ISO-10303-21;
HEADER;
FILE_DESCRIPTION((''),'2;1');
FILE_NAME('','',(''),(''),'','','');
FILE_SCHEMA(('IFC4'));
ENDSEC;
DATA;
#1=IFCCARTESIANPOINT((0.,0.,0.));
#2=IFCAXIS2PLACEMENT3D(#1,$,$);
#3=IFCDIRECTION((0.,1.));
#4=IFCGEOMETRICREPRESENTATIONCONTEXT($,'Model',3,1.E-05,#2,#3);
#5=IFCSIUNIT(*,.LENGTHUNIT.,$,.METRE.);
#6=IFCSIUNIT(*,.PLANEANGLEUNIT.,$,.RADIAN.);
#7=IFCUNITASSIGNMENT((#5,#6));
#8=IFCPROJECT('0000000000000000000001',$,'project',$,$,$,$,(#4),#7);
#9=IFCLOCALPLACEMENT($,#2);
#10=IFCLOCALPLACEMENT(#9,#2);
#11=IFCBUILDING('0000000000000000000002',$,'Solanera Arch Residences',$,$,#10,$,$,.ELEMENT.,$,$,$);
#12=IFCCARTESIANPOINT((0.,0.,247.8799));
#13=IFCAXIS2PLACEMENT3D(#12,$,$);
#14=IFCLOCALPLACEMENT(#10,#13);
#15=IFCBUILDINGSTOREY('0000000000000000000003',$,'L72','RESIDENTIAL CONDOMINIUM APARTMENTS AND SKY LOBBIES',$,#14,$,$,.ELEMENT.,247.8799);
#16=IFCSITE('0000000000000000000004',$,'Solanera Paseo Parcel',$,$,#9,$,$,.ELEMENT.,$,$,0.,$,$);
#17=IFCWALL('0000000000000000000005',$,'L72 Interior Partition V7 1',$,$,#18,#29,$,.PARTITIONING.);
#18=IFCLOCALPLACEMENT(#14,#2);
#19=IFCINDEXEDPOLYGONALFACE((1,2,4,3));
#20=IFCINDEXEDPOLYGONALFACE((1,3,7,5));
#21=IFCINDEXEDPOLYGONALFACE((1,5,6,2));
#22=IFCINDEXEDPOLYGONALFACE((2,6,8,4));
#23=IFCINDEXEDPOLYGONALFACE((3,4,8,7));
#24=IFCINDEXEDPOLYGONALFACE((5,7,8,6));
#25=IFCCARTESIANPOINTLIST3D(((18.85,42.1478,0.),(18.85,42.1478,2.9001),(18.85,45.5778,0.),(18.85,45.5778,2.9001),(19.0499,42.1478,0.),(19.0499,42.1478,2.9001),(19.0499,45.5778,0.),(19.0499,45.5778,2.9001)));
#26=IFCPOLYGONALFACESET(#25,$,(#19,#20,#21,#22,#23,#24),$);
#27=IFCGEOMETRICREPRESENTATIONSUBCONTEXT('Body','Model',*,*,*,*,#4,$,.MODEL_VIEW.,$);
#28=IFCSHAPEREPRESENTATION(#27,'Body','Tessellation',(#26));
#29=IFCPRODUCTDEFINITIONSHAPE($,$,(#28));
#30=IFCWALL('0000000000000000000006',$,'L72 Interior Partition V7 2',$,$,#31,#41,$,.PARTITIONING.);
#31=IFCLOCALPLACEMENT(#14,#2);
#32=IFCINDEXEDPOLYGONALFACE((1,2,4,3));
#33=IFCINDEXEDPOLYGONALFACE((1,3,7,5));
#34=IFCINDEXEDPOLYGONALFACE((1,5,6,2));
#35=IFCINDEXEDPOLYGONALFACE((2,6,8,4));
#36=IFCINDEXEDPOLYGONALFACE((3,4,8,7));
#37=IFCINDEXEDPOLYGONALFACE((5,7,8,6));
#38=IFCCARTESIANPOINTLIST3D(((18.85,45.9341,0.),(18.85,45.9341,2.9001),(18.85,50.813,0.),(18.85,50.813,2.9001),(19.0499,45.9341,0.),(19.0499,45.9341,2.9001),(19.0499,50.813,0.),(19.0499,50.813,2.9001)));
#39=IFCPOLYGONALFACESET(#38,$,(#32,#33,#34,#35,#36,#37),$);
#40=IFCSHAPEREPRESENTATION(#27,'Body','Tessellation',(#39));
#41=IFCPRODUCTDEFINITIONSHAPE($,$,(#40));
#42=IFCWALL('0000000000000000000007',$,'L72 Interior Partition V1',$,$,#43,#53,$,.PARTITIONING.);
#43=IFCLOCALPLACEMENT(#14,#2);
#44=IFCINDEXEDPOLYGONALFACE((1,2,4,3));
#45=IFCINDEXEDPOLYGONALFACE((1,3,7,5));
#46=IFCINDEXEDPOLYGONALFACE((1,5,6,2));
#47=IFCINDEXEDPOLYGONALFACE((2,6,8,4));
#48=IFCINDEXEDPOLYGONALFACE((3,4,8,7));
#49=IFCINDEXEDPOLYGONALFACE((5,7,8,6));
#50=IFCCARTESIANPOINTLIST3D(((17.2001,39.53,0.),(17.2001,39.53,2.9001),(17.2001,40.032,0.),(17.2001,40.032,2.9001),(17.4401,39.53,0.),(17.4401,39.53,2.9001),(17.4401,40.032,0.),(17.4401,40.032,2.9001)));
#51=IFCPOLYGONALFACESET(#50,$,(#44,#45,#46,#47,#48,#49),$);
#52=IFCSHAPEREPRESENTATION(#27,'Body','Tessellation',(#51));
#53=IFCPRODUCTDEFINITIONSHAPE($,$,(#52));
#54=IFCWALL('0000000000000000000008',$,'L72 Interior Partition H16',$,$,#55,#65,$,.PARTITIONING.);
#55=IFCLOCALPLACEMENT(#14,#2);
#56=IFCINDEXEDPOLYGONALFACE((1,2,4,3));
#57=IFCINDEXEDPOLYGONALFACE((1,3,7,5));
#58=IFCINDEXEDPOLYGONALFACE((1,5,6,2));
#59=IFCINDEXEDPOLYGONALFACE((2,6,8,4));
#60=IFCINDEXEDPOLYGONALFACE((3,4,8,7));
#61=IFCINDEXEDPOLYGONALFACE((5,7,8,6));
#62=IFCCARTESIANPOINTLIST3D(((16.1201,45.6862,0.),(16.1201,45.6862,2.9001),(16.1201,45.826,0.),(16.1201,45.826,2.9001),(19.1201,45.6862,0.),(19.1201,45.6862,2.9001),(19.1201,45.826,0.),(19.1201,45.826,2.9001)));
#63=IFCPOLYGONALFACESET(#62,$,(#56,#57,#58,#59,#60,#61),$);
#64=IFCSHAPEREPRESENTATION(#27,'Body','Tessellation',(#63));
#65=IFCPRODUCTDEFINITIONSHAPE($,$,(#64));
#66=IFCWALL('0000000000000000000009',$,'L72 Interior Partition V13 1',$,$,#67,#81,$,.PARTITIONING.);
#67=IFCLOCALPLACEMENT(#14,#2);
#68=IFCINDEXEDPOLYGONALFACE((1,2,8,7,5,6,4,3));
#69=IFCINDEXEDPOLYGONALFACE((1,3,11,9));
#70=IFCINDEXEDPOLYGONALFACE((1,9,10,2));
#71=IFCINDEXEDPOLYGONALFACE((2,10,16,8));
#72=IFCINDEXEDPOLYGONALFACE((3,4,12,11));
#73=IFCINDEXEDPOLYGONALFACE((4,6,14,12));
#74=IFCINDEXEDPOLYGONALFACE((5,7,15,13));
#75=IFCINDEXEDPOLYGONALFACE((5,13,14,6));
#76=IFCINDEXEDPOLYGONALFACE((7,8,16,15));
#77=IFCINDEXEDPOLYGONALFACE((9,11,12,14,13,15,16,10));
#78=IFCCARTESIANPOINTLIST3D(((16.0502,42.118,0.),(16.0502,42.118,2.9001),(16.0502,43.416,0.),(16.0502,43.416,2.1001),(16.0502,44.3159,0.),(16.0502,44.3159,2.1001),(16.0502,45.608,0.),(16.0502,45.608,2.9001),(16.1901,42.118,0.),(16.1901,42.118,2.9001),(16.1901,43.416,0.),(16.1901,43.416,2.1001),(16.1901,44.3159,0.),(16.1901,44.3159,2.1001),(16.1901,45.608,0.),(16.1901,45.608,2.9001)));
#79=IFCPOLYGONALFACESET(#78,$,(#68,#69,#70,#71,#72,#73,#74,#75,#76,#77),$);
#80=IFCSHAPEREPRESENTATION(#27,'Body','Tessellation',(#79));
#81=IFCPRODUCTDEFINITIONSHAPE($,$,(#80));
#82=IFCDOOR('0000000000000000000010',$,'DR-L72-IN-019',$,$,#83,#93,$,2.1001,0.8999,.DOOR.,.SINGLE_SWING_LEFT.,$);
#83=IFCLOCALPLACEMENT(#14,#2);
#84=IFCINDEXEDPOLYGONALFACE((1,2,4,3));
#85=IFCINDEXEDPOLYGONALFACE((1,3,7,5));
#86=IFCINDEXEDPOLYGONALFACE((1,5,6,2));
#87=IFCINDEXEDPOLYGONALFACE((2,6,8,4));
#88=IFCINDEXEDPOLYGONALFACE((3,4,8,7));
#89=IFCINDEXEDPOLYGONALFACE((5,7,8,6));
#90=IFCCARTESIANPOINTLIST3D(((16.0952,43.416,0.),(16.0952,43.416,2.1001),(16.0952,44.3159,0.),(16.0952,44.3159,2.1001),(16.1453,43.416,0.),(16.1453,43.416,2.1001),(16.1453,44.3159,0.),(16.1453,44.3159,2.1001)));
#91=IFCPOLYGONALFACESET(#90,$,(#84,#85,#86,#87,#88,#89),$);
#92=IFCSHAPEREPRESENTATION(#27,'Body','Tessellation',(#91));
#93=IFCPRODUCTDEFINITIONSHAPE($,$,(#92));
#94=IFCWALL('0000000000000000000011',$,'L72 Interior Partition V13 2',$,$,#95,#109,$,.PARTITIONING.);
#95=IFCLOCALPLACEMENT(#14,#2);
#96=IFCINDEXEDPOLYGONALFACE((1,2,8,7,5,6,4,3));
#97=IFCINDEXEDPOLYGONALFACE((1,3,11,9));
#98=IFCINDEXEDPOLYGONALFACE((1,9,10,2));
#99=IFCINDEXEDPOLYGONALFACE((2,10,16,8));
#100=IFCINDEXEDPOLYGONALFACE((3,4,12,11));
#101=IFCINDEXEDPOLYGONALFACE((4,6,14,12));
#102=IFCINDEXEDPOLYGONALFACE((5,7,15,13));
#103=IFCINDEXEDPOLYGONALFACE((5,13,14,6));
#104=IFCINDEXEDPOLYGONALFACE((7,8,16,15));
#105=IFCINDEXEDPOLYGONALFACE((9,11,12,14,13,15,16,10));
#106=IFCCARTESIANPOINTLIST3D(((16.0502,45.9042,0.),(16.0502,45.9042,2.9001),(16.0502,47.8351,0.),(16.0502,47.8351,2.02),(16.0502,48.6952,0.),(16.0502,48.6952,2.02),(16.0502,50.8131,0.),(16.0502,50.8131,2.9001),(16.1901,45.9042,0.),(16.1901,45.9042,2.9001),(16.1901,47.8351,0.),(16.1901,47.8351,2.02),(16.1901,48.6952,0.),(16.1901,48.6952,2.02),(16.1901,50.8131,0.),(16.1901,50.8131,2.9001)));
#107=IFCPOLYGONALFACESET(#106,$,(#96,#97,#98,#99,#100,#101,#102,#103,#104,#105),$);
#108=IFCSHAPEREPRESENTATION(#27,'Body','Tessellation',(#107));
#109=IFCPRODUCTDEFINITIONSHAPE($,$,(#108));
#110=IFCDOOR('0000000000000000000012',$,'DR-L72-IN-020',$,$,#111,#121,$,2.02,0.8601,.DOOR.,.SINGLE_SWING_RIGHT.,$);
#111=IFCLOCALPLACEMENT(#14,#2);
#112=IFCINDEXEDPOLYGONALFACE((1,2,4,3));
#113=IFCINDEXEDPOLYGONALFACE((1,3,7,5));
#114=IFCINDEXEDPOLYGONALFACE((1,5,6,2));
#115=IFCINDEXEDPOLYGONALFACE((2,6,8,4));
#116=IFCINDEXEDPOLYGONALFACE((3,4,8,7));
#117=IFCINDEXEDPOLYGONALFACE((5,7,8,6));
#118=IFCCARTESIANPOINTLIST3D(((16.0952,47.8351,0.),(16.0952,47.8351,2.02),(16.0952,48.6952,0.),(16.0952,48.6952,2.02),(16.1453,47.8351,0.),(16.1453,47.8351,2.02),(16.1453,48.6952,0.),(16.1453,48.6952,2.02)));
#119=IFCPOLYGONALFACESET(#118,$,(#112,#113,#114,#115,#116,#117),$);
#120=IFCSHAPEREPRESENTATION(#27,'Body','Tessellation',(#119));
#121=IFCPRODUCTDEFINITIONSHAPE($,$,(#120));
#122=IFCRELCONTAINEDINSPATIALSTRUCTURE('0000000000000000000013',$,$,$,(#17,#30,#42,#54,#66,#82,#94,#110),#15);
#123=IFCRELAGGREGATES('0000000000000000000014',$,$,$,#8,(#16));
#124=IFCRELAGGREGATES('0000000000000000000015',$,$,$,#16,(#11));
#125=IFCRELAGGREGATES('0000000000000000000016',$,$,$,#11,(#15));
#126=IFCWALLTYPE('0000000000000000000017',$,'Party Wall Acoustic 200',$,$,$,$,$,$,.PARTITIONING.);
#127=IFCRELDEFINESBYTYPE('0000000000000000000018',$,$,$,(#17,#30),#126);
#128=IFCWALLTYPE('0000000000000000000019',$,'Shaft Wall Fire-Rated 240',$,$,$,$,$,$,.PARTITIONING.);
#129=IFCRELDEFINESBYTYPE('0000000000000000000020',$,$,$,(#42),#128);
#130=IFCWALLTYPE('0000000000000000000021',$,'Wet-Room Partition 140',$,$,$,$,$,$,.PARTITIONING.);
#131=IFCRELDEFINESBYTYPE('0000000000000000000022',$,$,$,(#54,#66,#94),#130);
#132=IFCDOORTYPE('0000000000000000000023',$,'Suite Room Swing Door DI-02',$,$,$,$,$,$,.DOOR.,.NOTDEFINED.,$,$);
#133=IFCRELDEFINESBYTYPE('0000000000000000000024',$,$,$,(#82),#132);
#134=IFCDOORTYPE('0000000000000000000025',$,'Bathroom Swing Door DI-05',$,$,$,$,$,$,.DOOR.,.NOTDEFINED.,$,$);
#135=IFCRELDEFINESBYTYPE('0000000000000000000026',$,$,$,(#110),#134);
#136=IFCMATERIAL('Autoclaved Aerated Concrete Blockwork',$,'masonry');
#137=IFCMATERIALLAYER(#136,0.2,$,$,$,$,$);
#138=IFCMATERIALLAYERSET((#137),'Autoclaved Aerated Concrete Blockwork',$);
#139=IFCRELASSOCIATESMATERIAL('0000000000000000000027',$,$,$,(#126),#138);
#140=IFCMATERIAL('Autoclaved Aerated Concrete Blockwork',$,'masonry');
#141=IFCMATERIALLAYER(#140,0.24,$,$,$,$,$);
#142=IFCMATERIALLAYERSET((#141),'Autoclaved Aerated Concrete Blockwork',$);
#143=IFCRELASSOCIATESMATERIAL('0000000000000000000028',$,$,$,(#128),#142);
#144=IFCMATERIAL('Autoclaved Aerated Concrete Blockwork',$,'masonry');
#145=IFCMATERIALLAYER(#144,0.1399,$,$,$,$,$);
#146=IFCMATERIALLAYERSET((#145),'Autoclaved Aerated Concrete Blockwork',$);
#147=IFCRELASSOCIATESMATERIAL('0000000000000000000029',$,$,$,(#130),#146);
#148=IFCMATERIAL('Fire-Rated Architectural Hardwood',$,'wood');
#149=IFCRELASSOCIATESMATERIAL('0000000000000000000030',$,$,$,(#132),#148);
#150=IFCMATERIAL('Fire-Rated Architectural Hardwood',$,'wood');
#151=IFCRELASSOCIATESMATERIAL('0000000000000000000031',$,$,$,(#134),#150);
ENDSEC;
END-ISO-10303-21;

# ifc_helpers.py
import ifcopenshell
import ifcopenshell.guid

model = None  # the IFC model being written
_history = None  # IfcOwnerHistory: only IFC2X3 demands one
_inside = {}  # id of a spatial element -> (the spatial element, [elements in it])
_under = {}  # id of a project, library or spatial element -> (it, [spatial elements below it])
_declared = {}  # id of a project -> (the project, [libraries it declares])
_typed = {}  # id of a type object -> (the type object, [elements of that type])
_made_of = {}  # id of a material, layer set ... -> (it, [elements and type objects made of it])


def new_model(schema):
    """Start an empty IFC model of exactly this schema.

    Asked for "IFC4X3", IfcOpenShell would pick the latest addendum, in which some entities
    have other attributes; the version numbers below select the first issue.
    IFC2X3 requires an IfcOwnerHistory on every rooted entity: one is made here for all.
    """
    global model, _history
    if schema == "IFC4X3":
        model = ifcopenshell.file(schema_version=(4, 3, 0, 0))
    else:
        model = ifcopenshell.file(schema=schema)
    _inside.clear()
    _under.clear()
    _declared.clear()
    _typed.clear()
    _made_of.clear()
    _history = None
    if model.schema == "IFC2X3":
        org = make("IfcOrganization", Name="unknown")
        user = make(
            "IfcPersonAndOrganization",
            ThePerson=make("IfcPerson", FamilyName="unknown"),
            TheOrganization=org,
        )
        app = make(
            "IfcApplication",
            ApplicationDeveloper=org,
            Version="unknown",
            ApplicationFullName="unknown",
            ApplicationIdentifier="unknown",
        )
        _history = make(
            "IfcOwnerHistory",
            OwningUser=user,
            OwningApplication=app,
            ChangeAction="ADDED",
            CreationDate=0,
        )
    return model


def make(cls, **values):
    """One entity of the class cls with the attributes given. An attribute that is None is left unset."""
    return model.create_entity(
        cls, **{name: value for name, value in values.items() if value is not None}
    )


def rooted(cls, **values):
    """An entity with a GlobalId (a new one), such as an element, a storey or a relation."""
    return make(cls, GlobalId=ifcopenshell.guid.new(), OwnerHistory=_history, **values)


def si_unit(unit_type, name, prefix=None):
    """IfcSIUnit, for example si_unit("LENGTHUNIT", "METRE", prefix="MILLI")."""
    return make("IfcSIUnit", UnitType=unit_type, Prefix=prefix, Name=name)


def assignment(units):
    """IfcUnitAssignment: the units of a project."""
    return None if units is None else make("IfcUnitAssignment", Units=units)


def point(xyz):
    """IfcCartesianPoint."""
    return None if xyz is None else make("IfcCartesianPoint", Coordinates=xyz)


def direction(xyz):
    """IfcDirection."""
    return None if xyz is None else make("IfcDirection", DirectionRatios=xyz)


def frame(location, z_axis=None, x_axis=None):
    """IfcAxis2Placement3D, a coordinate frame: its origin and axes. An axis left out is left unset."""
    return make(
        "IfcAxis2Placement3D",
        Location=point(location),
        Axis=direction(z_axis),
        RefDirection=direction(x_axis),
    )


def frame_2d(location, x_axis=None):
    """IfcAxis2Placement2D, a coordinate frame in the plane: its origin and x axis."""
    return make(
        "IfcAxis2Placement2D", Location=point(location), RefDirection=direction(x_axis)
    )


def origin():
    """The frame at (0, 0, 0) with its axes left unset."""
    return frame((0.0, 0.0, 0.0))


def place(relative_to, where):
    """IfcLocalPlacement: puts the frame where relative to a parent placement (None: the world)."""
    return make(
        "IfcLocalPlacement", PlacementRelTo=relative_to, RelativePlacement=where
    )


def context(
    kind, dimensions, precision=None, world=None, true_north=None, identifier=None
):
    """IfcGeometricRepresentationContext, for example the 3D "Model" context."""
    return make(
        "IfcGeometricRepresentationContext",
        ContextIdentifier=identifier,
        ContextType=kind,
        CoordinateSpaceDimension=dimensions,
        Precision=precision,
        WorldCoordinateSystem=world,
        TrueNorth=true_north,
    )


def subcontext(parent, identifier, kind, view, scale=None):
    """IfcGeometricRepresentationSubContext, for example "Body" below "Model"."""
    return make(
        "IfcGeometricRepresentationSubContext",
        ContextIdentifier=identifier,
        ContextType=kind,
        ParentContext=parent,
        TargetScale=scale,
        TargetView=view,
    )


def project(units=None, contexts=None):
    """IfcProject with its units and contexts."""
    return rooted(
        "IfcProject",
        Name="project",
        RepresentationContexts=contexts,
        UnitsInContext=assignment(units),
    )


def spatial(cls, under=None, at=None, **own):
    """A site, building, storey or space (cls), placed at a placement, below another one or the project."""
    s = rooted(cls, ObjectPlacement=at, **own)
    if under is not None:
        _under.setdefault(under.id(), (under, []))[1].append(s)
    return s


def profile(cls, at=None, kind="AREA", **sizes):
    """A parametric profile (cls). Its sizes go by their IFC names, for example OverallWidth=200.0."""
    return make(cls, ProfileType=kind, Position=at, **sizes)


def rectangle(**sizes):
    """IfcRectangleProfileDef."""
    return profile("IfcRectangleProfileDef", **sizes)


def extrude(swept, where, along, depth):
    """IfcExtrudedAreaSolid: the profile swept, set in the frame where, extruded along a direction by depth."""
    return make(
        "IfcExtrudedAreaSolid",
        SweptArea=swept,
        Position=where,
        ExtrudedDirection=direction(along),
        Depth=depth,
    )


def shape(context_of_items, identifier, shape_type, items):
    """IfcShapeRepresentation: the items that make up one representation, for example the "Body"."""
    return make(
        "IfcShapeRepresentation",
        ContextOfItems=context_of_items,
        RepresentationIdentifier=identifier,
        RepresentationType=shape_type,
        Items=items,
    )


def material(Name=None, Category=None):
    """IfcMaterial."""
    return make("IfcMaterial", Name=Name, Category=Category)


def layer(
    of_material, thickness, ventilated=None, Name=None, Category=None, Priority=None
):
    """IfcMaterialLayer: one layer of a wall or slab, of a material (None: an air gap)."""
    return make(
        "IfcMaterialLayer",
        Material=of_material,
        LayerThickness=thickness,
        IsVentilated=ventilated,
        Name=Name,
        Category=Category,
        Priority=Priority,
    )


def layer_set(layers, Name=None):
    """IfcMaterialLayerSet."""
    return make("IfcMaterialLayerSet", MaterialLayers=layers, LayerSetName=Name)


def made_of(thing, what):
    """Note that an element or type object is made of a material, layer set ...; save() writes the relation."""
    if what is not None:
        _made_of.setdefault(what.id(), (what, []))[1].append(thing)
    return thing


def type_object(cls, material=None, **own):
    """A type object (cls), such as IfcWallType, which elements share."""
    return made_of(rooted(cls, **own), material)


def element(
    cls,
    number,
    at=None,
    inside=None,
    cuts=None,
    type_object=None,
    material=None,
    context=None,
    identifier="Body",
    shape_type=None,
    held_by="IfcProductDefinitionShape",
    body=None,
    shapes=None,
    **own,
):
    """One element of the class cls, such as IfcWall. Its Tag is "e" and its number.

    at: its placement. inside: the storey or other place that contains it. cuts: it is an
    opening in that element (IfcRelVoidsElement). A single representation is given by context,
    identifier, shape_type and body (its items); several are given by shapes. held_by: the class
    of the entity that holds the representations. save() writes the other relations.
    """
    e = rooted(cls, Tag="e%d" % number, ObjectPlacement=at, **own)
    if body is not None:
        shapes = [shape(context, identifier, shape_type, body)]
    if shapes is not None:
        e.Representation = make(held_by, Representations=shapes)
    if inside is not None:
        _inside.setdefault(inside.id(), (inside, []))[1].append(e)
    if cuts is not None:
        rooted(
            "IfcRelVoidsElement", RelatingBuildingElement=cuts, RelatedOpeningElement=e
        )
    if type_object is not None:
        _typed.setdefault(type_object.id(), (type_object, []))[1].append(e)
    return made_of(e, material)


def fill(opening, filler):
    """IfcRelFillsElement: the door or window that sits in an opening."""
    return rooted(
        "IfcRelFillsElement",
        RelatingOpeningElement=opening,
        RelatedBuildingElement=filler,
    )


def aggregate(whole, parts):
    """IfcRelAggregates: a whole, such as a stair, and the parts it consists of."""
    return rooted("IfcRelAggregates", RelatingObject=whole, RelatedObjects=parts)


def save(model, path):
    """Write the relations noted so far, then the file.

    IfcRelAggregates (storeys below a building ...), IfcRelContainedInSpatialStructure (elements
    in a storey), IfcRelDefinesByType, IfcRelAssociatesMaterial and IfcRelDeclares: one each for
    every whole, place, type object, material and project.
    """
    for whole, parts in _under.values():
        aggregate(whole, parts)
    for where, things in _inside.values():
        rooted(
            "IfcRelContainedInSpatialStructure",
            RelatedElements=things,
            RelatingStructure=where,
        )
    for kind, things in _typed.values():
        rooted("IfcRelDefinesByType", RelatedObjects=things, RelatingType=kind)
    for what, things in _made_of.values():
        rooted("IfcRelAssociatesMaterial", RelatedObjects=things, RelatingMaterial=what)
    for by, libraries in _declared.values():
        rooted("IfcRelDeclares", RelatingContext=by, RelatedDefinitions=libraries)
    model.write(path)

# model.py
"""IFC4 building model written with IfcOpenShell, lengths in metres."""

from ifc_helpers import new_model, si_unit, direction, frame, frame_2d, origin, place, context, subcontext, project, spatial, rectangle, extrude, material, layer, layer_set, type_object, element, fill, save


model = new_model("IFC4")

# Units and contexts
model_context = context("Model", 3, precision=1e-05, world=origin(), true_north=direction((0.0, 1.0)))
body_context = subcontext(model_context, "Body", "Model", "MODEL_VIEW")
ifc_project = project(units=[si_unit("LENGTHUNIT", "METRE"), si_unit("PLANEANGLEUNIT", "RADIAN")], contexts=[model_context])

# Site, building, storey
site_placement = place(None, origin())
site = spatial("IfcSite", under=ifc_project, at=site_placement, Name="Solanera Paseo Parcel", CompositionType="ELEMENT", RefElevation=0.0)
building_placement = place(site_placement, origin())
building = spatial("IfcBuilding", under=site, at=building_placement, Name="Solanera Arch Residences", CompositionType="ELEMENT")
storey_placement = place(building_placement, frame((0.0, 0.0, 247.8799)))
storey = spatial("IfcBuildingStorey", under=building, at=storey_placement, Name="L72", Description="RESIDENTIAL CONDOMINIUM APARTMENTS AND SKY LOBBIES", CompositionType="ELEMENT", Elevation=247.8799)

# Walls
ifc_material_1 = material(Name="Autoclaved Aerated Concrete Blockwork", Category="masonry")
ifc_layer_1 = layer(ifc_material_1, 0.2)
ifc_layer_set_1 = layer_set([ifc_layer_1], Name="Autoclaved Aerated Concrete Blockwork")
wall_type_1 = type_object("IfcWallType", Name="Party Wall Acoustic 200", PredefinedType="PARTITIONING", material=ifc_layer_set_1)
wall_1_placement = place(storey_placement, frame((18.95, 42.1479, 0.0), z_axis=(0.0, 0.0, 1.0), x_axis=(0.0, 1.0, 0.0)))
element("IfcWall", 1, at=wall_1_placement, inside=storey, type_object=wall_type_1, Name="L72 Interior Partition V7 1", PredefinedType="PARTITIONING", context=body_context, shape_type="SweptSolid", body=[
    extrude(rectangle(XDim=3.4299, YDim=0.2, at=frame_2d((1.7148, 0.0))), origin(), (0.0, 0.0, 1.0), 2.9001),
])
wall_2_placement = place(storey_placement, frame((18.95, 45.9341, 0.0), z_axis=(0.0, 0.0, 1.0), x_axis=(0.0, 1.0, 0.0)))
element("IfcWall", 2, at=wall_2_placement, inside=storey, type_object=wall_type_1, Name="L72 Interior Partition V7 2", PredefinedType="PARTITIONING", context=body_context, shape_type="SweptSolid", body=[
    extrude(rectangle(XDim=4.8789, YDim=0.2, at=frame_2d((2.4395, 0.0))), origin(), (0.0, 0.0, 1.0), 2.9001),
])
ifc_material_2 = material(Name="Autoclaved Aerated Concrete Blockwork", Category="masonry")
ifc_layer_2 = layer(ifc_material_2, 0.24)
ifc_layer_set_2 = layer_set([ifc_layer_2], Name="Autoclaved Aerated Concrete Blockwork")
wall_type_2 = type_object("IfcWallType", Name="Shaft Wall Fire-Rated 240", PredefinedType="PARTITIONING", material=ifc_layer_set_2)
wall_3_placement = place(storey_placement, frame((17.3201, 39.53, 0.0), z_axis=(0.0, 0.0, 1.0), x_axis=(0.0, 1.0, 0.0)))
element("IfcWall", 3, at=wall_3_placement, inside=storey, type_object=wall_type_2, Name="L72 Interior Partition V1", PredefinedType="PARTITIONING", context=body_context, shape_type="SweptSolid", body=[
    extrude(rectangle(XDim=0.502, YDim=0.24, at=frame_2d((0.251, 0.0))), origin(), (0.0, 0.0, 1.0), 2.9001),
])
ifc_material_3 = material(Name="Autoclaved Aerated Concrete Blockwork", Category="masonry")
ifc_layer_3 = layer(ifc_material_3, 0.1399)
ifc_layer_set_3 = layer_set([ifc_layer_3], Name="Autoclaved Aerated Concrete Blockwork")
wall_type_3 = type_object("IfcWallType", Name="Wet-Room Partition 140", PredefinedType="PARTITIONING", material=ifc_layer_set_3)
wall_4_placement = place(storey_placement, frame((16.1201, 45.7561, 0.0), z_axis=(0.0, 0.0, 1.0), x_axis=(1.0, 0.0, 0.0)))
element("IfcWall", 4, at=wall_4_placement, inside=storey, type_object=wall_type_3, Name="L72 Interior Partition H16", PredefinedType="PARTITIONING", context=body_context, shape_type="SweptSolid", body=[
    extrude(rectangle(XDim=3.0, YDim=0.1399, at=frame_2d((1.5, 0.0))), origin(), (0.0, 0.0, 1.0), 2.9001),
])

# Walls, openings, doors
wall_5_placement = place(storey_placement, frame((16.1201, 42.1179, 0.0), z_axis=(0.0, 0.0, 1.0), x_axis=(0.0, 1.0, 0.0)))
wall_5 = element("IfcWall", 5, at=wall_5_placement, inside=storey, type_object=wall_type_3, Name="L72 Interior Partition V13 1", PredefinedType="PARTITIONING", context=body_context, shape_type="SweptSolid", body=[
    extrude(rectangle(XDim=3.49, YDim=0.1399, at=frame_2d((1.7451, 0.0))), origin(), (0.0, 0.0, 1.0), 2.9001),
])
opening_1_placement = place(wall_5_placement, frame((1.2981, 0.0, 0.0)))
opening_1 = element("IfcOpeningElement", 6, at=opening_1_placement, cuts=wall_5, PredefinedType="OPENING", context=body_context, shape_type="SweptSolid", body=[
    extrude(rectangle(XDim=0.8999, YDim=2.1001, at=frame_2d((0.45, 1.05))), frame((0.0, 0.0798, 0.0), z_axis=(0.0, -1.0, 0.0), x_axis=(1.0, 0.0, 0.0)), (0.0, 0.0, 1.0), 0.1599),
])
ifc_material_4 = material(Name="Fire-Rated Architectural Hardwood", Category="wood")
door_type_1 = type_object("IfcDoorType", Name="Suite Room Swing Door DI-02", OperationType="NOTDEFINED", PredefinedType="DOOR", material=ifc_material_4)
door_1_placement = place(opening_1_placement, origin())
door_1 = element("IfcDoor", 7, at=door_1_placement, inside=storey, type_object=door_type_1, Name="DR-L72-IN-019", OperationType="SINGLE_SWING_LEFT", OverallHeight=2.1001, OverallWidth=0.8999, PredefinedType="DOOR", context=body_context, shape_type="SweptSolid", body=[
    extrude(rectangle(XDim=0.8999, YDim=2.1001, at=frame_2d((0.45, 1.05))), frame((0.0, 0.0249, 0.0), z_axis=(0.0, -1.0, 0.0), x_axis=(1.0, 0.0, 0.0)), (0.0, 0.0, 1.0), 0.05),
])
fill(opening_1, door_1)
wall_6_placement = place(storey_placement, frame((16.1201, 45.9041, 0.0), z_axis=(0.0, 0.0, 1.0), x_axis=(0.0, 1.0, 0.0)))
wall_6 = element("IfcWall", 8, at=wall_6_placement, inside=storey, type_object=wall_type_3, Name="L72 Interior Partition V13 2", PredefinedType="PARTITIONING", context=body_context, shape_type="SweptSolid", body=[
    extrude(rectangle(XDim=4.9089, YDim=0.1399, at=frame_2d((2.4546, 0.0))), origin(), (0.0, 0.0, 1.0), 2.9001),
])
opening_2_placement = place(wall_6_placement, frame((1.9309, 0.0, 0.0)))
opening_2 = element("IfcOpeningElement", 9, at=opening_2_placement, cuts=wall_6, PredefinedType="OPENING", context=body_context, shape_type="SweptSolid", body=[
    extrude(rectangle(XDim=0.8601, YDim=2.02, at=frame_2d((0.4302, 1.01))), frame((0.0, 0.0798, 0.0), z_axis=(0.0, -1.0, 0.0), x_axis=(1.0, 0.0, 0.0)), (0.0, 0.0, 1.0), 0.1599),
])
ifc_material_5 = material(Name="Fire-Rated Architectural Hardwood", Category="wood")
door_type_2 = type_object("IfcDoorType", Name="Bathroom Swing Door DI-05", OperationType="NOTDEFINED", PredefinedType="DOOR", material=ifc_material_5)
door_2_placement = place(opening_2_placement, origin())
door_2 = element("IfcDoor", 10, at=door_2_placement, inside=storey, type_object=door_type_2, Name="DR-L72-IN-020", OperationType="SINGLE_SWING_RIGHT", OverallHeight=2.02, OverallWidth=0.8601, PredefinedType="DOOR", context=body_context, shape_type="SweptSolid", body=[
    extrude(rectangle(XDim=0.8601, YDim=2.02, at=frame_2d((0.4302, 1.01))), frame((0.0, 0.0249, 0.0), z_axis=(0.0, -1.0, 0.0), x_axis=(1.0, 0.0, 0.0)), (0.0, 0.0, 1.0), 0.05),
])
fill(opening_2, door_2)

save(model, "model.ifc")
